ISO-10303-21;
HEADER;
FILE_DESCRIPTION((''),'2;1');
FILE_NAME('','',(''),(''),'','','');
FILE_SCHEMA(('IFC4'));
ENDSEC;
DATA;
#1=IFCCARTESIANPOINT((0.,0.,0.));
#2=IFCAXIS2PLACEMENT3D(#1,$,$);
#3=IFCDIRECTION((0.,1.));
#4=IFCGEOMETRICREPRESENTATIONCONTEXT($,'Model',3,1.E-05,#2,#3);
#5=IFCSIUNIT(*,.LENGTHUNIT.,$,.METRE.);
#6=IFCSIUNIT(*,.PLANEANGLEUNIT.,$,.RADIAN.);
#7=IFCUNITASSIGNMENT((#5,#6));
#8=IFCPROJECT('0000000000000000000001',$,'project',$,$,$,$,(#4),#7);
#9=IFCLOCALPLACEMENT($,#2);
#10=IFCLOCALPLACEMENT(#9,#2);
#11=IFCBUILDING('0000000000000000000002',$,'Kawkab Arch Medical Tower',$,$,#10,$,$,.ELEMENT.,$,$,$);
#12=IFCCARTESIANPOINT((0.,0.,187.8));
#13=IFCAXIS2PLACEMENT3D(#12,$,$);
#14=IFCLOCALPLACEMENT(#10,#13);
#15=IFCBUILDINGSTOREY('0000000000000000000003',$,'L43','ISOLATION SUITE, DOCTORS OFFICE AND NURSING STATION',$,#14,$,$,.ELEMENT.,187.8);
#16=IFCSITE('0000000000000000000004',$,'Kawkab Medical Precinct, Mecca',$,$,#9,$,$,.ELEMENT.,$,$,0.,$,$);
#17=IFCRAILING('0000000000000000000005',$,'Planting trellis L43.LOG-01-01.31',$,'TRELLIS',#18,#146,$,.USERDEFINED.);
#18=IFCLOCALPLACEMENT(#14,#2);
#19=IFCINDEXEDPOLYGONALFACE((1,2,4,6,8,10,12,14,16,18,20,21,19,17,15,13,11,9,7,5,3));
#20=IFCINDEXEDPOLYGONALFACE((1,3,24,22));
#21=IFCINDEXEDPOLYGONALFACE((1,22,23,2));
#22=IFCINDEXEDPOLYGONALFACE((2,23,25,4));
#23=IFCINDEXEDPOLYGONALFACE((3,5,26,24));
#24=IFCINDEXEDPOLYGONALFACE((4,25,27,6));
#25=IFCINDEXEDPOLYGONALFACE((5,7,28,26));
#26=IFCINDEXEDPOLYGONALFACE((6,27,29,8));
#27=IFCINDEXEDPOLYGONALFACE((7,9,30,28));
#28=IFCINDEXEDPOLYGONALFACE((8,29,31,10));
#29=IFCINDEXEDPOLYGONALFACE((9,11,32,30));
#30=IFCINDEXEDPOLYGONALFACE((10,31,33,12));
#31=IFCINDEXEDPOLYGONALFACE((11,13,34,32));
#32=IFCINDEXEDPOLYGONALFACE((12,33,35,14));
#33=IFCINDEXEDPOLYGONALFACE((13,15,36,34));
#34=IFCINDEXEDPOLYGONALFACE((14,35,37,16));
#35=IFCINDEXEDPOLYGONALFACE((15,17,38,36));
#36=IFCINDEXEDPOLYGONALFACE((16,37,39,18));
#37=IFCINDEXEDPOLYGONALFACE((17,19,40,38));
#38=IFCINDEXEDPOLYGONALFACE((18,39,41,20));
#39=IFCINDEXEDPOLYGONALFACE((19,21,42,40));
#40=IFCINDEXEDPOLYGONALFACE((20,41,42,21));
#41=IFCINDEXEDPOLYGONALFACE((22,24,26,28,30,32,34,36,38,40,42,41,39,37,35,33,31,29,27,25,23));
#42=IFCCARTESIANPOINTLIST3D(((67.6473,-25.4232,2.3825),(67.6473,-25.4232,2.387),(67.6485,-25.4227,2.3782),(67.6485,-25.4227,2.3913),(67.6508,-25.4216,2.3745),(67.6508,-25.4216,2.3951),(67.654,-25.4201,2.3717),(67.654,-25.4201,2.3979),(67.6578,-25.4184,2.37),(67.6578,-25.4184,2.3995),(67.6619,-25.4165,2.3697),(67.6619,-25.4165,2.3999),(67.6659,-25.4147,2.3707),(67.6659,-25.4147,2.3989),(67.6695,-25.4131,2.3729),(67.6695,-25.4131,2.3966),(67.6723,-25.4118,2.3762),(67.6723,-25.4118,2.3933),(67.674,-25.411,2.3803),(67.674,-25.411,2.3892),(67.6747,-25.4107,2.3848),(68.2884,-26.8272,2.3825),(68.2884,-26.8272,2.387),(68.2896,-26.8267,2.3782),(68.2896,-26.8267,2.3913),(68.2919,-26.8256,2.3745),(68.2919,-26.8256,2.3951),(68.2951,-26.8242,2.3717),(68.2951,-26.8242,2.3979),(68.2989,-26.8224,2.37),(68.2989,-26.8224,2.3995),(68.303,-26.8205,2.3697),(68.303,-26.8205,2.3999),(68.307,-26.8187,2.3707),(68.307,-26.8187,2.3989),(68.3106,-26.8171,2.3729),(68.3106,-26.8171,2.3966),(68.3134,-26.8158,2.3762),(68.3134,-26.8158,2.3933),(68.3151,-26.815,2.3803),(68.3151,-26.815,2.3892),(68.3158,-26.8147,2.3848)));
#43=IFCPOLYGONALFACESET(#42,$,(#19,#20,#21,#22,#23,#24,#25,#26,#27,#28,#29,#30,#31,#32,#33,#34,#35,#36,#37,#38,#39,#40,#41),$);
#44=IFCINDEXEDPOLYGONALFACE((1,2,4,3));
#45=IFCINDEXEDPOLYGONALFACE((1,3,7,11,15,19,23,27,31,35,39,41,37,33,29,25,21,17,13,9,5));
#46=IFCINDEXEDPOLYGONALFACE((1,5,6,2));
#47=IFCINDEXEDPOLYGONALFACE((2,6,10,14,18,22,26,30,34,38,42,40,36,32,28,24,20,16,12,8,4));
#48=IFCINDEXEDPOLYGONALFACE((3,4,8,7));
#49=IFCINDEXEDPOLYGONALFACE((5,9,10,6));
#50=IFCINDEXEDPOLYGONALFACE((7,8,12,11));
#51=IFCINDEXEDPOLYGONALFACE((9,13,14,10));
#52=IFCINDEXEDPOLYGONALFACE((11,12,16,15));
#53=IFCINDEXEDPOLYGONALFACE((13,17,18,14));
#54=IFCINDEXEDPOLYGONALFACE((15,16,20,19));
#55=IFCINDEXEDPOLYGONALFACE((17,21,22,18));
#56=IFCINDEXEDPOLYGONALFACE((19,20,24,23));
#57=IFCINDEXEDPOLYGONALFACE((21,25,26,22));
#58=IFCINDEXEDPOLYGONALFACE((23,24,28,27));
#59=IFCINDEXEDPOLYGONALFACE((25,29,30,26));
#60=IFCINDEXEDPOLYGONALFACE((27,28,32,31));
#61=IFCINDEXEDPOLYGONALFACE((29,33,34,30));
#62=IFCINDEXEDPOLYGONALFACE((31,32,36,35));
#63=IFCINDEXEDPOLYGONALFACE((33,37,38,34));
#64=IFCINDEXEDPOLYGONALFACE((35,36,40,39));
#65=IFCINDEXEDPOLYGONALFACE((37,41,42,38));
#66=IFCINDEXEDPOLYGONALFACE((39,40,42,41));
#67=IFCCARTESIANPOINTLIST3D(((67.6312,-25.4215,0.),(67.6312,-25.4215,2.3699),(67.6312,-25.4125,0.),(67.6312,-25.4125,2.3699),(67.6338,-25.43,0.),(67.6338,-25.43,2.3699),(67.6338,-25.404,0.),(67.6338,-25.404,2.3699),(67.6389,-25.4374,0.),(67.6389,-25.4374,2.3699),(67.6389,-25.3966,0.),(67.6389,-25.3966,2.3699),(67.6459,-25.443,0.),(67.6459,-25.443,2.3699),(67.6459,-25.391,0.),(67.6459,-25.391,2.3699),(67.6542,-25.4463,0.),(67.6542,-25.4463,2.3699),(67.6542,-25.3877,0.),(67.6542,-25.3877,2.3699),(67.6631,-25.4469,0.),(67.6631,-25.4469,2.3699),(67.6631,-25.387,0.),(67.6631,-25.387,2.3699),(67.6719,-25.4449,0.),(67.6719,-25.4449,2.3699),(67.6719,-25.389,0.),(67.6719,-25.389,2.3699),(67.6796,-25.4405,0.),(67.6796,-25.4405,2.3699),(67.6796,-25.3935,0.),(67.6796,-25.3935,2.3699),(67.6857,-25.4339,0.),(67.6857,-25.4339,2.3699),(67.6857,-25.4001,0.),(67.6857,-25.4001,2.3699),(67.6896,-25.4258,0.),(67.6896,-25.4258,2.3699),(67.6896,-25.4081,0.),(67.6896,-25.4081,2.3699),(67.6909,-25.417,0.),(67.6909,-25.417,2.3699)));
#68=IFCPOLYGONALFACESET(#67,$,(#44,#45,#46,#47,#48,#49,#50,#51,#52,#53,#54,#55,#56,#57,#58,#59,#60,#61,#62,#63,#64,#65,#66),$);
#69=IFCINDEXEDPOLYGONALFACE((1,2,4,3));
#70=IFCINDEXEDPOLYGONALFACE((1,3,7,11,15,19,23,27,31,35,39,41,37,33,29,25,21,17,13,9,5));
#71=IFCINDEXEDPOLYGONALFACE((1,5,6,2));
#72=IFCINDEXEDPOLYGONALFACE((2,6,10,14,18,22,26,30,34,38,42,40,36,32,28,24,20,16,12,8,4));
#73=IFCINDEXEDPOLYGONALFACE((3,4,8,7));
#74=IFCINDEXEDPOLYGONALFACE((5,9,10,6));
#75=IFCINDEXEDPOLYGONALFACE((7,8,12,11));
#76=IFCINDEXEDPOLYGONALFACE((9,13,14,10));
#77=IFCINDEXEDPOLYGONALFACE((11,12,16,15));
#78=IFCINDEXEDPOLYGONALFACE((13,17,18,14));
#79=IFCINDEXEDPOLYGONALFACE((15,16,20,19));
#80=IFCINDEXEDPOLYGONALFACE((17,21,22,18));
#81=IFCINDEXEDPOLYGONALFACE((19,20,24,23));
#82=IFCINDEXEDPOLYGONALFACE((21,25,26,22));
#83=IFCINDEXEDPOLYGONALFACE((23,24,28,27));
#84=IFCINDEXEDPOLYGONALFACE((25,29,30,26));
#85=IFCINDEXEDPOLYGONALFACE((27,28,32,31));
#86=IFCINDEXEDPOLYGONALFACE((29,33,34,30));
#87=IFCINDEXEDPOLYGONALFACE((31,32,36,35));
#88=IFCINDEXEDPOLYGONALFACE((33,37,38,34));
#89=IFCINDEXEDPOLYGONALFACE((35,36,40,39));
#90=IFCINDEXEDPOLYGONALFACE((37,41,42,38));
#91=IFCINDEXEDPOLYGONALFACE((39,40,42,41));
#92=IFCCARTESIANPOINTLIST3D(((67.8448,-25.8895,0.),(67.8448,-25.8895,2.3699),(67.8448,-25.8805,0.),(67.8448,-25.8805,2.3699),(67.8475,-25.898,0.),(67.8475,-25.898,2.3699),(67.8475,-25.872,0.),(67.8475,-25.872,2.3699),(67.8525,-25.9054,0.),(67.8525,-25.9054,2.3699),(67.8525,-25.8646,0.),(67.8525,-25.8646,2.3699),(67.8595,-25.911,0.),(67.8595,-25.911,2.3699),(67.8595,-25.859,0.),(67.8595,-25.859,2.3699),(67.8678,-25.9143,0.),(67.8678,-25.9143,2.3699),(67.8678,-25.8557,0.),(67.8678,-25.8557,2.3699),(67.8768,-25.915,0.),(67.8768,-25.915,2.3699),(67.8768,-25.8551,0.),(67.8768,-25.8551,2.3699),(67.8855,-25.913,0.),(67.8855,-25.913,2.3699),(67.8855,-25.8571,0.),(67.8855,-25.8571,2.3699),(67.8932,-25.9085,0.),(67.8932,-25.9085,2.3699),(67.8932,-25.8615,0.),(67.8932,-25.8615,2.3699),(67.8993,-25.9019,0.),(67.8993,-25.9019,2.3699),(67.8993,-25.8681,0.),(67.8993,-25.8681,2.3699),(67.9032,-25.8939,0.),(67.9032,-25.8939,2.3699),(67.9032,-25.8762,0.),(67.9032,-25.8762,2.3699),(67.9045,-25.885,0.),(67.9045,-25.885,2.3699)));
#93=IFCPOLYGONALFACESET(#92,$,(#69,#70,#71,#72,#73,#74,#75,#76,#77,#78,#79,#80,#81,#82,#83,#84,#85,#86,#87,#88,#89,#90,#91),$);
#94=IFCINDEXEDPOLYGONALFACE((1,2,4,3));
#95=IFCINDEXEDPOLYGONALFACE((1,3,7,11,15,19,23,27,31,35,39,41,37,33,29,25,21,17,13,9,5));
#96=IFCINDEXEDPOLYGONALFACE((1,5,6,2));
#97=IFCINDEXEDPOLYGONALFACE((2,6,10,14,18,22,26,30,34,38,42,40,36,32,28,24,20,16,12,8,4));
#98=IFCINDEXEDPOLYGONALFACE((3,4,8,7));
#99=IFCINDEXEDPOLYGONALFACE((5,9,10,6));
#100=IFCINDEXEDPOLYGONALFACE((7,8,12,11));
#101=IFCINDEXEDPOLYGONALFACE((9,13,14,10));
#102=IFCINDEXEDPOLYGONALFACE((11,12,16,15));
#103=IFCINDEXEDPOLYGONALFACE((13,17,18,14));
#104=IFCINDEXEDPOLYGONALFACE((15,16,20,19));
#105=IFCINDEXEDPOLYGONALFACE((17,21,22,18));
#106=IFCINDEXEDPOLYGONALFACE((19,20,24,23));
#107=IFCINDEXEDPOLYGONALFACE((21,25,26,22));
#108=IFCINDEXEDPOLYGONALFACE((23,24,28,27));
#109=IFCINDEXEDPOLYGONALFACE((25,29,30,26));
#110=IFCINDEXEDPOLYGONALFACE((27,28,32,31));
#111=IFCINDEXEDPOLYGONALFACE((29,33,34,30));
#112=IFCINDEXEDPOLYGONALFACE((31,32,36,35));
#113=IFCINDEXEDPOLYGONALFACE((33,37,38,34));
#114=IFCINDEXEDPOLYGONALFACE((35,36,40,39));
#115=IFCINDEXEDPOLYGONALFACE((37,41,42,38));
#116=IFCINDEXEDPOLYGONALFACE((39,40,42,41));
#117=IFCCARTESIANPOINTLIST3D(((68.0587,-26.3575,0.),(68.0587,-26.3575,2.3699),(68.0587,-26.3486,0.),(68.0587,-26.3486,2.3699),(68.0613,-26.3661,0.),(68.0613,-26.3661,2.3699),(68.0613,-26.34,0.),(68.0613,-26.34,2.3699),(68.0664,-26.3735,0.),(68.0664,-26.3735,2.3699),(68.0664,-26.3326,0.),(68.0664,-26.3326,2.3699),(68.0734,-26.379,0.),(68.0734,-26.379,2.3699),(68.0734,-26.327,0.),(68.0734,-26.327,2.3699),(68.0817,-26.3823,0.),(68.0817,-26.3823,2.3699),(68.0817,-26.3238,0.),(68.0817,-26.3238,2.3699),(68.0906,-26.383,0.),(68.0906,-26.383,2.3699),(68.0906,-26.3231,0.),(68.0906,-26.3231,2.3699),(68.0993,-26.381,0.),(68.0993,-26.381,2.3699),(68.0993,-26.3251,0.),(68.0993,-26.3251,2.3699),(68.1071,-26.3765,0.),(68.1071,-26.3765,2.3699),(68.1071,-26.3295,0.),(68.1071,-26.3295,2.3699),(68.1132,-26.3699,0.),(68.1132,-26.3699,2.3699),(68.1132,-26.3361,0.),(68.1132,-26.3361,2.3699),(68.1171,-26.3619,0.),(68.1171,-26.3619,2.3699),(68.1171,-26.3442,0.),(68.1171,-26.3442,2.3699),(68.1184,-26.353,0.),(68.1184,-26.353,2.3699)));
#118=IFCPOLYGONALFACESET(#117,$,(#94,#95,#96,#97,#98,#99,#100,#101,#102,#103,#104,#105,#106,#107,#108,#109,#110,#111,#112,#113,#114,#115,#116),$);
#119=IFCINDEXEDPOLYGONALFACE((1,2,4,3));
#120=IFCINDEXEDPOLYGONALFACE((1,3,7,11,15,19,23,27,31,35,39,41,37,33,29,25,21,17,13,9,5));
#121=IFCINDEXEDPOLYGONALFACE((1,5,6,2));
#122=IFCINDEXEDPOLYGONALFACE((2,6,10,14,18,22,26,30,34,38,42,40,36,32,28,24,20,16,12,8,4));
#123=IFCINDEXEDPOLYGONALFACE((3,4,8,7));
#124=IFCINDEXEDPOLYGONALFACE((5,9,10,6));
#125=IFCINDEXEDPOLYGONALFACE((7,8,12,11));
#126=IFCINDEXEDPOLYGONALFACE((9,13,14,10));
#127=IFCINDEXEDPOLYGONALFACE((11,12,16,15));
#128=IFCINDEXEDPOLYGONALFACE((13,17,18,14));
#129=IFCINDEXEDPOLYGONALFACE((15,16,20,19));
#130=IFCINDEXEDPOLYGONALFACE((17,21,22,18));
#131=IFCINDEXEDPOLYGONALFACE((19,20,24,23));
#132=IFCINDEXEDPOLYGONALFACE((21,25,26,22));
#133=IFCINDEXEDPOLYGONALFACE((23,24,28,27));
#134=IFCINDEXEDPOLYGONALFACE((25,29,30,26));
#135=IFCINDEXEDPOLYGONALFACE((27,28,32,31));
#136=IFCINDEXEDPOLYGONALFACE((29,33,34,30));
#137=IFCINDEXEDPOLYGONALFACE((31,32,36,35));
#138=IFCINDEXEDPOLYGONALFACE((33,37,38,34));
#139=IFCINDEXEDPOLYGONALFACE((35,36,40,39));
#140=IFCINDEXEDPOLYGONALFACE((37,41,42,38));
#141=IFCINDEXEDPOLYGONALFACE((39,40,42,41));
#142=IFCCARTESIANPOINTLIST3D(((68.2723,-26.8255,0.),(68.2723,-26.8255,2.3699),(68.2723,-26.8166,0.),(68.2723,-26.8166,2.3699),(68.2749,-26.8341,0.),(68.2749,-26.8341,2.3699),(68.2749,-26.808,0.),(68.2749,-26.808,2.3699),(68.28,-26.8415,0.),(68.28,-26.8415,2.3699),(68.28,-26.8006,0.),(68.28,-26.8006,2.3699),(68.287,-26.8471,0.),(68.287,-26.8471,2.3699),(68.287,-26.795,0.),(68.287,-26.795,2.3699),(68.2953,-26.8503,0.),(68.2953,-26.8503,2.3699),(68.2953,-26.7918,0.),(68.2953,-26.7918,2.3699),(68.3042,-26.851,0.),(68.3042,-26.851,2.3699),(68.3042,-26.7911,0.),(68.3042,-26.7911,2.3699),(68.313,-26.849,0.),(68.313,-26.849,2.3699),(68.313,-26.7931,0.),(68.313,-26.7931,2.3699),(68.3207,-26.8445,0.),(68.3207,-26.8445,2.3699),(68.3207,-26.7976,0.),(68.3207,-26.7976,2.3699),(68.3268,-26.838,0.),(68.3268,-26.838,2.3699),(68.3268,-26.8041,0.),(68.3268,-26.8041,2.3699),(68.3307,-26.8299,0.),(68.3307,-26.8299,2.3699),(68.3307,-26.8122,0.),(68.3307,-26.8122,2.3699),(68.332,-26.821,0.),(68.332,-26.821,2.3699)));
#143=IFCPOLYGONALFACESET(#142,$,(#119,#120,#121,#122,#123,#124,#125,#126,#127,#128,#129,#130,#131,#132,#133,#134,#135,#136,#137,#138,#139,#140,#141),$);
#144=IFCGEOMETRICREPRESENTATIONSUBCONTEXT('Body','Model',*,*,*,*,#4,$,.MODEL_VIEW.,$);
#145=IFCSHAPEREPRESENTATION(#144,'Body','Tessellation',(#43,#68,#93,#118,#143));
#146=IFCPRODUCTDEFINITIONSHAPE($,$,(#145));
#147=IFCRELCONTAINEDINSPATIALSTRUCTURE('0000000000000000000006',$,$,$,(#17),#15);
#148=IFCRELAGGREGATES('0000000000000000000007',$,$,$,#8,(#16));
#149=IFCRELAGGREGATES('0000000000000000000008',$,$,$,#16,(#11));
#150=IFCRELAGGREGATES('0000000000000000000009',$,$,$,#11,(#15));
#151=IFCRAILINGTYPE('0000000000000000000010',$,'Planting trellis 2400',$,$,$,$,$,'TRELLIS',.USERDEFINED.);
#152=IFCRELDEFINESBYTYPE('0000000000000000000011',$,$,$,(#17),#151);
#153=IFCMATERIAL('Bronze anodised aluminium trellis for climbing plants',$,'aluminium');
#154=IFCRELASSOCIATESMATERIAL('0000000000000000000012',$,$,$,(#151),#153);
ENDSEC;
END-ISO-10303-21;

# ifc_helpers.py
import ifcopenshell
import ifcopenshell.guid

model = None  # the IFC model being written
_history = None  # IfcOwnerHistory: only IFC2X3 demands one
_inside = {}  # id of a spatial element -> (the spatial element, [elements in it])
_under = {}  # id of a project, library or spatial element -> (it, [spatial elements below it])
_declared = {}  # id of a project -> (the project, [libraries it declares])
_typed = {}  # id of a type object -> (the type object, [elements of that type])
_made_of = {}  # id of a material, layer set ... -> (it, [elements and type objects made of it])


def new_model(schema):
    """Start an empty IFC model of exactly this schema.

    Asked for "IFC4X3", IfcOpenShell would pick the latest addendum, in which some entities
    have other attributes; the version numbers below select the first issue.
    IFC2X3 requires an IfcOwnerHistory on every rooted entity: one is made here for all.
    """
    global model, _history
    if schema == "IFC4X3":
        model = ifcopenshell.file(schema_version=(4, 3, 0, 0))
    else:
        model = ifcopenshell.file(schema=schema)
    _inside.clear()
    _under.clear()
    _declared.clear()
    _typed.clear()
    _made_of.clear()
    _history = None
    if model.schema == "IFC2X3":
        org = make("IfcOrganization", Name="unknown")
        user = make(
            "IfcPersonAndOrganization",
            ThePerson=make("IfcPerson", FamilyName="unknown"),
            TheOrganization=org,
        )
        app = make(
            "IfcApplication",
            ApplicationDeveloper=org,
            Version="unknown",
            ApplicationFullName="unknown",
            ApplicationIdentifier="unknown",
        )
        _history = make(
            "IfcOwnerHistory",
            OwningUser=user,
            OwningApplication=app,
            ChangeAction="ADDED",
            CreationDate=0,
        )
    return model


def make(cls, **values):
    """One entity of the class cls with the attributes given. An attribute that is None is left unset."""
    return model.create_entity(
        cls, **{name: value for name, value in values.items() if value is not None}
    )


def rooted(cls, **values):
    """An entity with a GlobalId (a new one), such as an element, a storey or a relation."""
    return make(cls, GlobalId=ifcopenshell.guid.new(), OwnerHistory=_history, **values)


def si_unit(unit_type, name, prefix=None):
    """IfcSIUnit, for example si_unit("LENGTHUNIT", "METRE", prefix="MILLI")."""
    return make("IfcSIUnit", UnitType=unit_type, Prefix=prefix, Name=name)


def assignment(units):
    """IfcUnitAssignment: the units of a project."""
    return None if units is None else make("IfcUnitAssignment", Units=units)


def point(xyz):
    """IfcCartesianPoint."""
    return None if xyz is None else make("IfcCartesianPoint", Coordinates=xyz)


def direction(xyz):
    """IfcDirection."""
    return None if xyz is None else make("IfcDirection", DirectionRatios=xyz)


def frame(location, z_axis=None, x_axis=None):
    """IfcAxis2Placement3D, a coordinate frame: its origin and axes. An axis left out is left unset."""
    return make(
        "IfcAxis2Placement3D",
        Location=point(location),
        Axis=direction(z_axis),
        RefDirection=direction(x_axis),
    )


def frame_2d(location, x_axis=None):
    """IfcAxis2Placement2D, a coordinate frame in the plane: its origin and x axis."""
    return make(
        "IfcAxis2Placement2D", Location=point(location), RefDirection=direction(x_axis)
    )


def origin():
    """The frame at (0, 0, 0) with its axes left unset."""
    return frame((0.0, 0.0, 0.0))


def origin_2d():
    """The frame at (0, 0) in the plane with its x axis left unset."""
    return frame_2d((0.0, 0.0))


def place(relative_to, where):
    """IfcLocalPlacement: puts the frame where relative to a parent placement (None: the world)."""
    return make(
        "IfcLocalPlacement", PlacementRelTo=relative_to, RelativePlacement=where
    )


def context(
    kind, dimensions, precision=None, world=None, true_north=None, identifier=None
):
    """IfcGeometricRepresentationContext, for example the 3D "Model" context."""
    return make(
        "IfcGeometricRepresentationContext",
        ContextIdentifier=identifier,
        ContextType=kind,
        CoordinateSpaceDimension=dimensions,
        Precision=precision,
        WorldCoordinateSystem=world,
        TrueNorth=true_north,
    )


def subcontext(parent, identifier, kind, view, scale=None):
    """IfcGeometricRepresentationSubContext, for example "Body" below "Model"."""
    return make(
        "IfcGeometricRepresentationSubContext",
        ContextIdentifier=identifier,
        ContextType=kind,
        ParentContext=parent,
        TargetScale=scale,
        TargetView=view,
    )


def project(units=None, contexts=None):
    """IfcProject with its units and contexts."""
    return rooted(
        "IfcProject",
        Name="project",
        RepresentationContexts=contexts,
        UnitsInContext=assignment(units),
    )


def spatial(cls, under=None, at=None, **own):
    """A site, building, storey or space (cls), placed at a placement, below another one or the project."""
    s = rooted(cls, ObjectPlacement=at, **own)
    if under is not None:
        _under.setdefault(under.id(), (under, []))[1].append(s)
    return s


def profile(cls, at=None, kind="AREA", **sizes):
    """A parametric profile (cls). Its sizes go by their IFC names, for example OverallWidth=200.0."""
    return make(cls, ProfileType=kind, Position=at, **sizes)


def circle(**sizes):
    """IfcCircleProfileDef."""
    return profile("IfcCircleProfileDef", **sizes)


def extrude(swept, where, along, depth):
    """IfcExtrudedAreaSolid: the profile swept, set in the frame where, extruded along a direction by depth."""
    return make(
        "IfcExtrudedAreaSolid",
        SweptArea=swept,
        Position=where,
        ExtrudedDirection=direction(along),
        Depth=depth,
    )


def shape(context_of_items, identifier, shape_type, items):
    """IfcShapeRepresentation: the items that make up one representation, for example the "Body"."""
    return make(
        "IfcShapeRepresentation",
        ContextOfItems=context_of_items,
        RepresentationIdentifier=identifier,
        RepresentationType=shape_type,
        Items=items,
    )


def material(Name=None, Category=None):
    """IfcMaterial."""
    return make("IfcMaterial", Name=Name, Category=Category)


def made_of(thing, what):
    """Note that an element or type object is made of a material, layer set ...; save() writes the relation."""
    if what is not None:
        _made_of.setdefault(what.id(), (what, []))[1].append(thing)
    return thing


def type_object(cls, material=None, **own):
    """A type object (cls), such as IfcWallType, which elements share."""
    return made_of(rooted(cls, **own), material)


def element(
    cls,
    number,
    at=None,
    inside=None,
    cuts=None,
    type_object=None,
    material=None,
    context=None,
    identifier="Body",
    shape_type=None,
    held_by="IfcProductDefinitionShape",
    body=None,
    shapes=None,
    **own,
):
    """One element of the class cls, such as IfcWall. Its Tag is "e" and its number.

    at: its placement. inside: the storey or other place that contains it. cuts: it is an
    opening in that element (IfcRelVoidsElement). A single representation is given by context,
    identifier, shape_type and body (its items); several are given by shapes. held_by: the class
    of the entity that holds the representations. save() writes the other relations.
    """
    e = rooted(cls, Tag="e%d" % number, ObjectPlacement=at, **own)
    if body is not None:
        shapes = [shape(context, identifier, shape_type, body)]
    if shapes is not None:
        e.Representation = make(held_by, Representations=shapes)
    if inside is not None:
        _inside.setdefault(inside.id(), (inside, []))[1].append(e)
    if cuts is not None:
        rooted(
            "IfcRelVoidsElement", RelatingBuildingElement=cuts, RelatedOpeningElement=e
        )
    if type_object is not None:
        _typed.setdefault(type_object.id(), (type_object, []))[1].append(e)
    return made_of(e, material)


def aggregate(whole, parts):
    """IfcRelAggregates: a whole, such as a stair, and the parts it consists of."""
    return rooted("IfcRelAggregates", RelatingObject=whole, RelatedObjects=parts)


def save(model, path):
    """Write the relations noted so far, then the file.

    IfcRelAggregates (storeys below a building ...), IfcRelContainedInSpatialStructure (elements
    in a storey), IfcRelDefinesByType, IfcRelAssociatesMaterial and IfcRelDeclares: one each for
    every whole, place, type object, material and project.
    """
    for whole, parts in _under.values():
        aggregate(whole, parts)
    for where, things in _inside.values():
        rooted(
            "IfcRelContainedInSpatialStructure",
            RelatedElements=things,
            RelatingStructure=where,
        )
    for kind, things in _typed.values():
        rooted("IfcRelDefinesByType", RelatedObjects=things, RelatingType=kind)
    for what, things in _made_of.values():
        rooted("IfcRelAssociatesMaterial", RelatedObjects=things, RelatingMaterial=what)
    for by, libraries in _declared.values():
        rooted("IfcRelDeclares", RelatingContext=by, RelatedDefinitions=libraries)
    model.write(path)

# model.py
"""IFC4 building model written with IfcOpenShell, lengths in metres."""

from ifc_helpers import new_model, si_unit, direction, frame, origin, origin_2d, place, context, subcontext, project, spatial, circle, extrude, material, type_object, element, save


model = new_model("IFC4")

# Units and contexts
model_context = context("Model", 3, precision=1e-05, world=origin(), true_north=direction((0.0, 1.0)))
body_context = subcontext(model_context, "Body", "Model", "MODEL_VIEW")
ifc_project = project(units=[si_unit("LENGTHUNIT", "METRE"), si_unit("PLANEANGLEUNIT", "RADIAN")], contexts=[model_context])

# Site, building, storey
site_placement = place(None, origin())
site = spatial("IfcSite", under=ifc_project, at=site_placement, Name="Kawkab Medical Precinct, Mecca", CompositionType="ELEMENT", RefElevation=0.0)
building_placement = place(site_placement, origin())
building = spatial("IfcBuilding", under=site, at=building_placement, Name="Kawkab Arch Medical Tower", CompositionType="ELEMENT")
storey_placement = place(building_placement, frame((0.0, 0.0, 187.8)))
storey = spatial("IfcBuildingStorey", under=building, at=storey_placement, Name="L43", Description="ISOLATION SUITE, DOCTORS OFFICE AND NURSING STATION", CompositionType="ELEMENT", Elevation=187.8)

# Railing
ifc_material_1 = material(Name="Bronze anodised aluminium trellis for climbing plants", Category="aluminium")
railing_type = type_object("IfcRailingType", Name="Planting trellis 2400", ElementType="TRELLIS", PredefinedType="USERDEFINED", material=ifc_material_1)
railing_1_placement = place(storey_placement, frame((67.6609, -25.417, 0.0)))
element("IfcRailing", 1, at=railing_1_placement, inside=storey, type_object=railing_type, Name="Planting trellis L43.LOG-01-01.31", ObjectType="TRELLIS", PredefinedType="USERDEFINED", context=body_context, shape_type="SweptSolid", body=[
    extrude(circle(Radius=0.0151, at=origin_2d()), frame((0.0, 0.0, 2.3848), z_axis=(0.415363, -0.909656, 0.0), x_axis=(0.909656, 0.415363, 0.0)), (0.0, 0.0, 1.0), 1.5435),
    extrude(circle(Radius=0.03, at=origin_2d()), origin(), (0.0, 0.0, 1.0), 2.3699),
    extrude(circle(Radius=0.03, at=origin_2d()), frame((0.2136, -0.468, 0.0)), (0.0, 0.0, 1.0), 2.3699),
    extrude(circle(Radius=0.03, at=origin_2d()), frame((0.4275, -0.936, 0.0)), (0.0, 0.0, 1.0), 2.3699),
    extrude(circle(Radius=0.03, at=origin_2d()), frame((0.6411, -1.4041, 0.0)), (0.0, 0.0, 1.0), 2.3699),
])

save(model, "model.ifc")
